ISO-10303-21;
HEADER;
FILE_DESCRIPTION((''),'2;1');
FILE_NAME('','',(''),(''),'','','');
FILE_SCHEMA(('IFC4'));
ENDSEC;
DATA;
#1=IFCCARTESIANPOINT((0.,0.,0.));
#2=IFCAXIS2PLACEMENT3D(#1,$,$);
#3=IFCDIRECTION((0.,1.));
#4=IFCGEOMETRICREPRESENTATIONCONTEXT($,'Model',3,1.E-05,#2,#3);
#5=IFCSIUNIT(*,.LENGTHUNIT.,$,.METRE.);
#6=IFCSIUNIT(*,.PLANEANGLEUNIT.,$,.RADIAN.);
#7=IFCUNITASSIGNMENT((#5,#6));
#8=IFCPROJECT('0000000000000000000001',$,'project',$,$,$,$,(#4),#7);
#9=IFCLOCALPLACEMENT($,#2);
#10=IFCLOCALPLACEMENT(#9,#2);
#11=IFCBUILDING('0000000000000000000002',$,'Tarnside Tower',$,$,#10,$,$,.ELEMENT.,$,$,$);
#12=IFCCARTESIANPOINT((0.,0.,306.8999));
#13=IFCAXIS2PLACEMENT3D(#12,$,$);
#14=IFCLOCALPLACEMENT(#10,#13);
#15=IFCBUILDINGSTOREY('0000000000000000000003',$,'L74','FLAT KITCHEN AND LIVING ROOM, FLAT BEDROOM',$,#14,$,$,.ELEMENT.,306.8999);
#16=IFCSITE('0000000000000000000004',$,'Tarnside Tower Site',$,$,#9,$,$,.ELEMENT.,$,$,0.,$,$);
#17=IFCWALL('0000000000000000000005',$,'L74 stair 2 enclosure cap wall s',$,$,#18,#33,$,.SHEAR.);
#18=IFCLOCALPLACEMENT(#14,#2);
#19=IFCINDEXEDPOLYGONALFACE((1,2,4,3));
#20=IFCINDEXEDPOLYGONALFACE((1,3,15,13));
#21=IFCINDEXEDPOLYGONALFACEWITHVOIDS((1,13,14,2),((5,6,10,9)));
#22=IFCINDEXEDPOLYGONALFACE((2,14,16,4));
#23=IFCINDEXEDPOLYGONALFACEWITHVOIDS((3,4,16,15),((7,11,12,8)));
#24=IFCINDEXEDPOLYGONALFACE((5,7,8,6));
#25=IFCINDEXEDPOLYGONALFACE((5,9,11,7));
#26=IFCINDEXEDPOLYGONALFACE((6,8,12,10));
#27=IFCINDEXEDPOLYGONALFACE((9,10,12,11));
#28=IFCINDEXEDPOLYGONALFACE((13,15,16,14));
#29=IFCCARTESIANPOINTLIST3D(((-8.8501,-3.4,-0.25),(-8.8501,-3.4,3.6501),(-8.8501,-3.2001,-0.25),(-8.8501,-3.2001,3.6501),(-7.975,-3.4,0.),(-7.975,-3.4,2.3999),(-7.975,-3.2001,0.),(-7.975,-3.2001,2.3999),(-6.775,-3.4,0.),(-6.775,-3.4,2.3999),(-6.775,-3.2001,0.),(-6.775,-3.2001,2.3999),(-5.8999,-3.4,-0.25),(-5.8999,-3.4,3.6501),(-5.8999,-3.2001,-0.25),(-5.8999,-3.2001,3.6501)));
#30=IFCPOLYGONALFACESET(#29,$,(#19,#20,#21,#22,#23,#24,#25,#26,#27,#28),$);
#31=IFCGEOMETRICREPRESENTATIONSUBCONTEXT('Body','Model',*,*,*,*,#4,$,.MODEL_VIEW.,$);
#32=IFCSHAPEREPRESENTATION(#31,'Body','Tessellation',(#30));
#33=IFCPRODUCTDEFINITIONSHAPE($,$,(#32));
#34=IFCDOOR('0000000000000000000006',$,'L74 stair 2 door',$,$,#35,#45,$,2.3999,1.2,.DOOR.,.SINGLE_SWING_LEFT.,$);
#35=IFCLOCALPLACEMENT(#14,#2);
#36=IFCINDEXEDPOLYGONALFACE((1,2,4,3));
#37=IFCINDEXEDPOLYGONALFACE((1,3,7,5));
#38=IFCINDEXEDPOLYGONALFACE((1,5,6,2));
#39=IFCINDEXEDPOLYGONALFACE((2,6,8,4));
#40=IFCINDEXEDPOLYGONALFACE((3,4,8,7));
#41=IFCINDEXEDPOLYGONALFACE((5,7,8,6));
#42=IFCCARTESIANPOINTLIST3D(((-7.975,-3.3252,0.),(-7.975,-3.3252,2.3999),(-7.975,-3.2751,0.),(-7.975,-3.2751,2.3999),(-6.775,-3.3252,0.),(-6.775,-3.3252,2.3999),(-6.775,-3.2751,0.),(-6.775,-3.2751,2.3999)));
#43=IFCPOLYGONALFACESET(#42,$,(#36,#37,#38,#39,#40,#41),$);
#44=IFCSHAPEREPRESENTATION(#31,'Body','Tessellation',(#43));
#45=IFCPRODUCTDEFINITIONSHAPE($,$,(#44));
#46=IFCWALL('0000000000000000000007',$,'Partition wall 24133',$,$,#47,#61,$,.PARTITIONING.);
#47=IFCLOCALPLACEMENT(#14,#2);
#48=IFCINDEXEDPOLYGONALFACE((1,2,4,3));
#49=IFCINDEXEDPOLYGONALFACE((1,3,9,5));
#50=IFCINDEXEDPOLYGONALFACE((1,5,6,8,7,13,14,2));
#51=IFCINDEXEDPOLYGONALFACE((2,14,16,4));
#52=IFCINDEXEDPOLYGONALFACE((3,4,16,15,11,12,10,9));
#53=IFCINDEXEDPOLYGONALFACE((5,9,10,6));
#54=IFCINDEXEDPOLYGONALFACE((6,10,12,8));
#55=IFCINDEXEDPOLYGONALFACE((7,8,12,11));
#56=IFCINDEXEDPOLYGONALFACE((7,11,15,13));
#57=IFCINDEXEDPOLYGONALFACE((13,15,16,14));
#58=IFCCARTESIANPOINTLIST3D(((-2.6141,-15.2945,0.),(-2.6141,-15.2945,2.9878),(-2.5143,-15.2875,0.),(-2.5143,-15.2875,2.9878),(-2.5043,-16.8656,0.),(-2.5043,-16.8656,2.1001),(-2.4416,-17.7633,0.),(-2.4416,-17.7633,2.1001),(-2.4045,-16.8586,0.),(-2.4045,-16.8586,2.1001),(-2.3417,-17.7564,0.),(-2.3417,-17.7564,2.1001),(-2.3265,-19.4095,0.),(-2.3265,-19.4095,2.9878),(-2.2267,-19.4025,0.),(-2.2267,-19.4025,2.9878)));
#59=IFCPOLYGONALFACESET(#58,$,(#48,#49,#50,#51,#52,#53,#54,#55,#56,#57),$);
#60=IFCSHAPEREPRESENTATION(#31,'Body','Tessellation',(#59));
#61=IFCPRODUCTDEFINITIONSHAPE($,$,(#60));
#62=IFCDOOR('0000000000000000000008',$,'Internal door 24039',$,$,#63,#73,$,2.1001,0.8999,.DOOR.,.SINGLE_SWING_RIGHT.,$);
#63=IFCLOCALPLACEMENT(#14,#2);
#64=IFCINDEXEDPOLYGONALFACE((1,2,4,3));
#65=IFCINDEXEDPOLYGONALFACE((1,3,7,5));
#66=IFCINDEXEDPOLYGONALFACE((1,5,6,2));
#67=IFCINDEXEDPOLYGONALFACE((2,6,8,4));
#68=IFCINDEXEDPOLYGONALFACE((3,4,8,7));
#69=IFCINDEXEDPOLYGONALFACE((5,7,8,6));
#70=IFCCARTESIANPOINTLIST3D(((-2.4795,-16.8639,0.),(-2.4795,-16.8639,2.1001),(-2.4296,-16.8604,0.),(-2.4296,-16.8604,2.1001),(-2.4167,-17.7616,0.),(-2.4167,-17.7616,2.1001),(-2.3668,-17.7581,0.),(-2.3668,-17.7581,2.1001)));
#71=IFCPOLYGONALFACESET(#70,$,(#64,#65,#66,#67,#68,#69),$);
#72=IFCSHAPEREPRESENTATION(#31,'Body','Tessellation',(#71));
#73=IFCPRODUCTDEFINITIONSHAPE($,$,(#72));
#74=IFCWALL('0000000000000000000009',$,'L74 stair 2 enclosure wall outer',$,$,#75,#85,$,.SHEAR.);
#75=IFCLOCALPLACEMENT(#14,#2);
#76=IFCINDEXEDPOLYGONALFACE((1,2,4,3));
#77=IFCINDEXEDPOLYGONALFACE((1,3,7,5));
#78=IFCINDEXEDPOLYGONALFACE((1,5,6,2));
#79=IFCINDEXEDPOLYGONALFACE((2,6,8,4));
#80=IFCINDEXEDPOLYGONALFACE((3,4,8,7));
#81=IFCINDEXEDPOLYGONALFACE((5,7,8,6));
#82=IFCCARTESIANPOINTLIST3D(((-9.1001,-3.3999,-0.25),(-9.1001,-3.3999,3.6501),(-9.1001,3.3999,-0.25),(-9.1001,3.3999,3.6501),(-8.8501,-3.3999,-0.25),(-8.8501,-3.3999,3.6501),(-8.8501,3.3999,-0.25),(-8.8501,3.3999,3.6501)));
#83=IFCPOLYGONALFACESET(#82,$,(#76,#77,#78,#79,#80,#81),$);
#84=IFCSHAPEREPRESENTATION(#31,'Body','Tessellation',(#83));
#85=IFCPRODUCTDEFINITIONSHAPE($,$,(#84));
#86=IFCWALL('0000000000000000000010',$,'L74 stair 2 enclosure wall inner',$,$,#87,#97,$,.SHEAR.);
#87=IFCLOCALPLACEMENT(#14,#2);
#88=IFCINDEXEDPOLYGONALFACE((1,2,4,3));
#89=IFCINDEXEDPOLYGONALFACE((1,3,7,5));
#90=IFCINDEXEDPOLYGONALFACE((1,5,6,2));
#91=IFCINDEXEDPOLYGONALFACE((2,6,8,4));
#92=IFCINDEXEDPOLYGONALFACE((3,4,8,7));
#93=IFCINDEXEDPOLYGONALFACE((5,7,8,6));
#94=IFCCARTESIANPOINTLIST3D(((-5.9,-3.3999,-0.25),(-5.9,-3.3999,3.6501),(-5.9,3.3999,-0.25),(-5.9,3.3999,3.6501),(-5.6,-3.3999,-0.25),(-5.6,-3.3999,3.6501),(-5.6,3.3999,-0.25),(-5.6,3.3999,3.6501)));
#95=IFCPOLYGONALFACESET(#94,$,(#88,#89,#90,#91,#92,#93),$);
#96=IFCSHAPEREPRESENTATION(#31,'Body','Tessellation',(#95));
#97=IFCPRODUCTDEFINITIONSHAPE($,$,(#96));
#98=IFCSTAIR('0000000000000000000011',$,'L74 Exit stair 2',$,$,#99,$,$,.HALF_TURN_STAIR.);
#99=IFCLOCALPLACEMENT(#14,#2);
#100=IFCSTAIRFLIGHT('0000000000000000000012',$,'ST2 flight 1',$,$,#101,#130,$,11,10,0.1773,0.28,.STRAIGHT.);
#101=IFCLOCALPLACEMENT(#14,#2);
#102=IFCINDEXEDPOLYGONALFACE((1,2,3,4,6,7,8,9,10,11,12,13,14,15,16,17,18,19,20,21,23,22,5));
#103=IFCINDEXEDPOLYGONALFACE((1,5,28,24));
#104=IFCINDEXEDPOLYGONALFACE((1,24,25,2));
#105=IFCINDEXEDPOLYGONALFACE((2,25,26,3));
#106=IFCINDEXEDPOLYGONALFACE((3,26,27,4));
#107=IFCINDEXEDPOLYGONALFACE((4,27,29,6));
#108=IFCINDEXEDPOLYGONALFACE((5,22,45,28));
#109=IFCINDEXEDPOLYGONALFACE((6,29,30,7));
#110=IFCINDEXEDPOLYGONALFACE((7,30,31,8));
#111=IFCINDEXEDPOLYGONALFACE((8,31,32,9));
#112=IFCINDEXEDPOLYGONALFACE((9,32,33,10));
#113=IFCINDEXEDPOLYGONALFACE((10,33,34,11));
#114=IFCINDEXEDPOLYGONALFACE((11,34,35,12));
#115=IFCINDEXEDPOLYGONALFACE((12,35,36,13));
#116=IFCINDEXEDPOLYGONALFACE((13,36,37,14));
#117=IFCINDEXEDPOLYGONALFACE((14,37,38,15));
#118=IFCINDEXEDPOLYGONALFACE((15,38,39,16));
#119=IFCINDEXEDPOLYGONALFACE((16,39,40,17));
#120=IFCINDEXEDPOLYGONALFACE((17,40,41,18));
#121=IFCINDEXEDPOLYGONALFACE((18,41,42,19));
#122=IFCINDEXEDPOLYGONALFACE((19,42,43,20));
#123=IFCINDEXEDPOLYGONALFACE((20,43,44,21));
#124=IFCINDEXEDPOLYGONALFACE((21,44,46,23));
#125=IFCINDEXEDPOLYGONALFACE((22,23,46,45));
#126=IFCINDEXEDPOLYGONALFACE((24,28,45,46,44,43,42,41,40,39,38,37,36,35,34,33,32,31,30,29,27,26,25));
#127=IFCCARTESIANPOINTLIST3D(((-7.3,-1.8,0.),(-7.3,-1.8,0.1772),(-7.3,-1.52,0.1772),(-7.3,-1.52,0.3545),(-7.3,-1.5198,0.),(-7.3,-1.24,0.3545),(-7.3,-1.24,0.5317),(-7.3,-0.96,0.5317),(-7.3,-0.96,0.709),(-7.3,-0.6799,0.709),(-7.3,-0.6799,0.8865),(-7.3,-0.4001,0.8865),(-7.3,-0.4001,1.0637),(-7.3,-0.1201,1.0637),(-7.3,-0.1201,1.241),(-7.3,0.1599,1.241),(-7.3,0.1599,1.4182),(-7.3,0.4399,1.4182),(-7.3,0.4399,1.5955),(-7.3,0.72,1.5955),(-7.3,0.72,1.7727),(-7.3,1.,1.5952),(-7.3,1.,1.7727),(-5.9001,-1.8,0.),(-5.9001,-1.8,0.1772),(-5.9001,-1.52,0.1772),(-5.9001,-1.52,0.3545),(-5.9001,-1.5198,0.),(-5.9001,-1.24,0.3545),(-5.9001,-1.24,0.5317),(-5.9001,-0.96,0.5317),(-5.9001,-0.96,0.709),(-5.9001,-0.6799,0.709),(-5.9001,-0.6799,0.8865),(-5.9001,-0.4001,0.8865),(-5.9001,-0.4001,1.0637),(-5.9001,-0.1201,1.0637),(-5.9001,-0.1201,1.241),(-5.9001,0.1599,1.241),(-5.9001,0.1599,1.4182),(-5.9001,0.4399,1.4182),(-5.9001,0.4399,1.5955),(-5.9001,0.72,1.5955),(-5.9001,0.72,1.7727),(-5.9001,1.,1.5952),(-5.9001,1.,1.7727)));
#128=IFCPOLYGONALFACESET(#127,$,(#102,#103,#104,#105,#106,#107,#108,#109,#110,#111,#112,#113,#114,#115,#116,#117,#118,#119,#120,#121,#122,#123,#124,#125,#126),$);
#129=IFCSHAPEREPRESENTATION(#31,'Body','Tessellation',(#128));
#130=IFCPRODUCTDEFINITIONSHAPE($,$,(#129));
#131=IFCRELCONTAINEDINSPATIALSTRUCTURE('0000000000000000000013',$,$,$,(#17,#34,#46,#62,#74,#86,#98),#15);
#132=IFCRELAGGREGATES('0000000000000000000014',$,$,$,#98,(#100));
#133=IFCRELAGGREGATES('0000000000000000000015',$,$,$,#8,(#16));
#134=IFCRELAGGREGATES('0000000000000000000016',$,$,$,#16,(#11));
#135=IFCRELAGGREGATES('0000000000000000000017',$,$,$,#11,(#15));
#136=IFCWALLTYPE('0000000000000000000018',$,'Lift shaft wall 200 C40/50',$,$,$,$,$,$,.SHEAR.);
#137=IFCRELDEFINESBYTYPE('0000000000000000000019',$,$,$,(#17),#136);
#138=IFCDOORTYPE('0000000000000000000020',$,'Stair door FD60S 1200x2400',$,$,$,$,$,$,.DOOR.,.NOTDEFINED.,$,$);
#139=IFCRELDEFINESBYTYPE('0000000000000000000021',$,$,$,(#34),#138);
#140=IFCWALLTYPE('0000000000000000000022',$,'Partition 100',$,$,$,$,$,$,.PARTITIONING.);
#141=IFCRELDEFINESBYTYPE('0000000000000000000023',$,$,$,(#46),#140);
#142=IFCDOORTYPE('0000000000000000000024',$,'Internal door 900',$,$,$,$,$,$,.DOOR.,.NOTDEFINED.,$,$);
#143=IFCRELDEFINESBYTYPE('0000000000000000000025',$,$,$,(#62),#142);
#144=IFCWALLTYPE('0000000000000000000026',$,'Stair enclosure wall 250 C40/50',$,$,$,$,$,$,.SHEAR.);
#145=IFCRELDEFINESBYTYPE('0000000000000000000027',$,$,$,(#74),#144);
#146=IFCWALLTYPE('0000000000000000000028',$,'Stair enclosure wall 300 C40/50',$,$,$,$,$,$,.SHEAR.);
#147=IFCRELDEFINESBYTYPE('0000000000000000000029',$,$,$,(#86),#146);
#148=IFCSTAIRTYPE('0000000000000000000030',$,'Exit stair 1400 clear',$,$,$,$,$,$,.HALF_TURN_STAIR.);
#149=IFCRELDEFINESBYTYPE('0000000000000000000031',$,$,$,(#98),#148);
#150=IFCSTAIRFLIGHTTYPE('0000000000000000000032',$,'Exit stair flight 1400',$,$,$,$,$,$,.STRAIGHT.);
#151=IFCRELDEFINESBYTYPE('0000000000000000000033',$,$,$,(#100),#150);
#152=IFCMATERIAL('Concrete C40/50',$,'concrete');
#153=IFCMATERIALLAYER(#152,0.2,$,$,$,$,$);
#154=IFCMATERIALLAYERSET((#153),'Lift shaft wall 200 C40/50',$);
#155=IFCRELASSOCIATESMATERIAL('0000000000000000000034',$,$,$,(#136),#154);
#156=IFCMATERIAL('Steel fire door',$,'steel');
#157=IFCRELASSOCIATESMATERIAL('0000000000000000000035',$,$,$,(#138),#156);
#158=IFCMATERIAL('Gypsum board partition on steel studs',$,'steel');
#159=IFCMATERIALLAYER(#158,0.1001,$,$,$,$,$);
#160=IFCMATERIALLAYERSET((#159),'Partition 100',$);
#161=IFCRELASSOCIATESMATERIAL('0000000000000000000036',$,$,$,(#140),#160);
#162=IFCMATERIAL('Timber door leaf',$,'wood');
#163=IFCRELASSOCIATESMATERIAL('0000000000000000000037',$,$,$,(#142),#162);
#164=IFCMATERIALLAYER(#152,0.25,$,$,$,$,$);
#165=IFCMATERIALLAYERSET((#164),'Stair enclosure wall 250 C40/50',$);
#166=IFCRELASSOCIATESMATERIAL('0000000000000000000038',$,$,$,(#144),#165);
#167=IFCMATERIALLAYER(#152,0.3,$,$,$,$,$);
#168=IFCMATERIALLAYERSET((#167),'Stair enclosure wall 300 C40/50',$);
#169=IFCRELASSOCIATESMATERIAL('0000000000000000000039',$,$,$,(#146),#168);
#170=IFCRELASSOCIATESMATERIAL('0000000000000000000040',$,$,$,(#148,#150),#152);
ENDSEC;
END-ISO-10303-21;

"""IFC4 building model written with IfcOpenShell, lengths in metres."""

from ifc_helpers import new_model, si_unit, direction, frame, frame_2d, origin, place, context, subcontext, project, spatial, polyline, rectangle, outline, extrude, material, layer, layer_set, type_object, element, fill, aggregate, save


model = new_model("IFC4")

# Units and contexts
model_context = context("Model", 3, precision=1e-05, world=origin(), true_north=direction((0.0, 1.0)))
body_context = subcontext(model_context, "Body", "Model", "MODEL_VIEW")
ifc_project = project(units=[si_unit("LENGTHUNIT", "METRE"), si_unit("PLANEANGLEUNIT", "RADIAN")], contexts=[model_context])

# Site, building, storey
site_placement = place(None, origin())
site = spatial("IfcSite", under=ifc_project, at=site_placement, Name="Tarnside Tower Site", CompositionType="ELEMENT", RefElevation=0.0)
building_placement = place(site_placement, origin())
building = spatial("IfcBuilding", under=site, at=building_placement, Name="Tarnside Tower", CompositionType="ELEMENT")
storey_placement = place(building_placement, frame((0.0, 0.0, 306.8999)))
storey = spatial("IfcBuildingStorey", under=building, at=storey_placement, Name="L74", Description="FLAT KITCHEN AND LIVING ROOM, FLAT BEDROOM", CompositionType="ELEMENT", Elevation=306.8999)

# Shared definitions
ifc_material_1 = material(Name="Gypsum board partition on steel studs", Category="steel")
ifc_material_2 = material(Name="Timber door leaf", Category="wood")
ifc_material_3 = material(Name="Concrete C40/50", Category="concrete")
ifc_material_4 = material(Name="Steel fire door", Category="steel")

# Shared definitions
ifc_layer_1 = layer(ifc_material_3, 0.2)
ifc_layer_set_1 = layer_set([ifc_layer_1], Name="Lift shaft wall 200 C40/50")
wall_type_1 = type_object("IfcWallType", Name="Lift shaft wall 200 C40/50", PredefinedType="SHEAR", material=ifc_layer_set_1)

# Walls, openings, doors
wall_1_placement = place(storey_placement, frame((-8.8501, -3.3, -0.25), z_axis=(0.0, 0.0, 1.0), x_axis=(1.0, 0.0, 0.0)))
wall_1 = element("IfcWall", 1, at=wall_1_placement, inside=storey, type_object=wall_type_1, Name="L74 stair 2 enclosure cap wall s", PredefinedType="SHEAR", context=body_context, shape_type="SweptSolid", body=[
    extrude(rectangle(XDim=2.9502, YDim=0.2, at=frame_2d((1.4751, 0.0))), origin(), (0.0, 0.0, 1.0), 3.9001),
])
opening_1_placement = place(wall_1_placement, frame((0.875, 0.0, 0.25)))
opening_1 = element("IfcOpeningElement", 2, at=opening_1_placement, cuts=wall_1, PredefinedType="OPENING", context=body_context, shape_type="SweptSolid", body=[
    extrude(rectangle(XDim=1.2, YDim=2.3999, at=frame_2d((0.6001, 1.2))), frame((0.0, 0.1099, 0.0), z_axis=(0.0, -1.0, 0.0), x_axis=(1.0, 0.0, 0.0)), (0.0, 0.0, 1.0), 0.22),
])
door_type_1 = type_object("IfcDoorType", Name="Stair door FD60S 1200x2400", OperationType="NOTDEFINED", PredefinedType="DOOR", material=ifc_material_4)
door_1_placement = place(opening_1_placement, origin())
door_1 = element("IfcDoor", 3, at=door_1_placement, inside=storey, type_object=door_type_1, Name="L74 stair 2 door", OperationType="SINGLE_SWING_LEFT", OverallHeight=2.3999, OverallWidth=1.2, PredefinedType="DOOR", context=body_context, shape_type="SweptSolid", body=[
    extrude(rectangle(XDim=1.2, YDim=2.3999, at=frame_2d((0.6001, 1.2))), frame((0.0, 0.0249, 0.0), z_axis=(0.0, -1.0, 0.0), x_axis=(1.0, 0.0, 0.0)), (0.0, 0.0, 1.0), 0.05),
])
fill(opening_1, door_1)
ifc_layer_2 = layer(ifc_material_1, 0.1001)
ifc_layer_set_2 = layer_set([ifc_layer_2], Name="Partition 100")
wall_type_2 = type_object("IfcWallType", Name="Partition 100", PredefinedType="PARTITIONING", material=ifc_layer_set_2)
wall_2_placement = place(storey_placement, frame((-2.5642, -15.291, 0.0), z_axis=(0.0, 0.0, 1.0), x_axis=(0.06972, -0.997567, 0.0)))
wall_2 = element("IfcWall", 4, at=wall_2_placement, inside=storey, type_object=wall_type_2, Name="Partition wall 24133", PredefinedType="PARTITIONING", context=body_context, shape_type="SweptSolid", body=[
    extrude(rectangle(XDim=4.125, YDim=0.1001, at=frame_2d((2.0625, 0.0))), origin(), (0.0, 0.0, 1.0), 2.9878),
])
opening_2_placement = place(wall_2_placement, frame((1.575, 0.0, 0.0)))
opening_2 = element("IfcOpeningElement", 5, at=opening_2_placement, cuts=wall_2, PredefinedType="OPENING", context=body_context, shape_type="SweptSolid", body=[
    extrude(rectangle(XDim=0.8999, YDim=2.1001, at=frame_2d((0.45, 1.05))), frame((0.0, 0.0601, 0.0), z_axis=(0.0, -1.0, 0.0), x_axis=(1.0, 0.0, 0.0)), (0.0, 0.0, 1.0), 0.1201),
])
door_type_2 = type_object("IfcDoorType", Name="Internal door 900", OperationType="NOTDEFINED", PredefinedType="DOOR", material=ifc_material_2)
door_2_placement = place(opening_2_placement, origin())
door_2 = element("IfcDoor", 6, at=door_2_placement, inside=storey, type_object=door_type_2, Name="Internal door 24039", OperationType="SINGLE_SWING_RIGHT", OverallHeight=2.1001, OverallWidth=0.8999, PredefinedType="DOOR", context=body_context, shape_type="SweptSolid", body=[
    extrude(rectangle(XDim=0.8999, YDim=2.1001, at=frame_2d((0.45, 1.05))), frame((0.0, 0.0249, 0.0), z_axis=(0.0, -1.0, 0.0), x_axis=(1.0, 0.0, 0.0)), (0.0, 0.0, 1.0), 0.05),
])
fill(opening_2, door_2)

# Walls
ifc_layer_3 = layer(ifc_material_3, 0.25)
ifc_layer_set_3 = layer_set([ifc_layer_3], Name="Stair enclosure wall 250 C40/50")
wall_type_3 = type_object("IfcWallType", Name="Stair enclosure wall 250 C40/50", PredefinedType="SHEAR", material=ifc_layer_set_3)
wall_3_placement = place(storey_placement, frame((-8.9751, -3.3999, -0.25), z_axis=(0.0, 0.0, 1.0), x_axis=(0.0, 1.0, 0.0)))
element("IfcWall", 7, at=wall_3_placement, inside=storey, type_object=wall_type_3, Name="L74 stair 2 enclosure wall outer", PredefinedType="SHEAR", context=body_context, shape_type="SweptSolid", body=[
    extrude(rectangle(XDim=6.7998, YDim=0.25, at=frame_2d((3.3999, 0.0))), origin(), (0.0, 0.0, 1.0), 3.9001),
])
ifc_layer_4 = layer(ifc_material_3, 0.3)
ifc_layer_set_4 = layer_set([ifc_layer_4], Name="Stair enclosure wall 300 C40/50")
wall_type_4 = type_object("IfcWallType", Name="Stair enclosure wall 300 C40/50", PredefinedType="SHEAR", material=ifc_layer_set_4)
wall_4_placement = place(storey_placement, frame((-5.75, -3.3999, -0.25), z_axis=(0.0, 0.0, 1.0), x_axis=(0.0, 1.0, 0.0)))
element("IfcWall", 8, at=wall_4_placement, inside=storey, type_object=wall_type_4, Name="L74 stair 2 enclosure wall inner", PredefinedType="SHEAR", context=body_context, shape_type="SweptSolid", body=[
    extrude(rectangle(XDim=6.7998, YDim=0.3, at=frame_2d((3.3999, 0.0))), origin(), (0.0, 0.0, 1.0), 3.9001),
])

# Stair, stair flight
stair_type = type_object("IfcStairType", Name="Exit stair 1400 clear", PredefinedType="HALF_TURN_STAIR", material=ifc_material_3)
stair_placement = place(storey_placement, origin())
stair = element("IfcStair", 9, at=stair_placement, inside=storey, type_object=stair_type, Name="L74 Exit stair 2", PredefinedType="HALF_TURN_STAIR")
stair_flight_type = type_object("IfcStairFlightType", Name="Exit stair flight 1400", PredefinedType="STRAIGHT", material=ifc_material_3)
stair_flight_placement = place(storey_placement, frame((-6.6001, -1.8, 0.0), z_axis=(0.0, 0.0, 1.0), x_axis=(0.0, 1.0, 0.0)))
stair_flight = element("IfcStairFlight", 10, at=stair_flight_placement, type_object=stair_flight_type, Name="ST2 flight 1", NumberOfRisers=11, NumberOfTreads=10, PredefinedType="STRAIGHT", RiserHeight=0.1773, TreadLength=0.28, context=body_context, shape_type="SweptSolid", body=[
    extrude(outline(polyline([(0.0, 0.0), (0.0, 0.1772), (0.28, 0.1772), (0.28, 0.3545), (0.5601, 0.3545), (0.5601, 0.5317), (0.8401, 0.5317), (0.8401, 0.709), (1.1201, 0.709), (1.1201, 0.8865), (1.3999, 0.8865), (1.3999, 1.0637), (1.6799, 1.0637), (1.6799, 1.241), (1.96, 1.241), (1.96, 1.4182), (2.24, 1.4182), (2.24, 1.5955), (2.52, 1.5955), (2.52, 1.7727), (2.8, 1.7727), (2.8, 1.95), (2.8, 1.5952), (0.2803, 0.0), (0.0, 0.0)])), frame((0.0, 0.7, 0.0), z_axis=(0.0, -1.0, 0.0), x_axis=(1.0, 0.0, 0.0)), (0.0, 0.0, 1.0), 1.3999),
])
aggregate(stair, [stair_flight])

save(model, "model.ifc")
